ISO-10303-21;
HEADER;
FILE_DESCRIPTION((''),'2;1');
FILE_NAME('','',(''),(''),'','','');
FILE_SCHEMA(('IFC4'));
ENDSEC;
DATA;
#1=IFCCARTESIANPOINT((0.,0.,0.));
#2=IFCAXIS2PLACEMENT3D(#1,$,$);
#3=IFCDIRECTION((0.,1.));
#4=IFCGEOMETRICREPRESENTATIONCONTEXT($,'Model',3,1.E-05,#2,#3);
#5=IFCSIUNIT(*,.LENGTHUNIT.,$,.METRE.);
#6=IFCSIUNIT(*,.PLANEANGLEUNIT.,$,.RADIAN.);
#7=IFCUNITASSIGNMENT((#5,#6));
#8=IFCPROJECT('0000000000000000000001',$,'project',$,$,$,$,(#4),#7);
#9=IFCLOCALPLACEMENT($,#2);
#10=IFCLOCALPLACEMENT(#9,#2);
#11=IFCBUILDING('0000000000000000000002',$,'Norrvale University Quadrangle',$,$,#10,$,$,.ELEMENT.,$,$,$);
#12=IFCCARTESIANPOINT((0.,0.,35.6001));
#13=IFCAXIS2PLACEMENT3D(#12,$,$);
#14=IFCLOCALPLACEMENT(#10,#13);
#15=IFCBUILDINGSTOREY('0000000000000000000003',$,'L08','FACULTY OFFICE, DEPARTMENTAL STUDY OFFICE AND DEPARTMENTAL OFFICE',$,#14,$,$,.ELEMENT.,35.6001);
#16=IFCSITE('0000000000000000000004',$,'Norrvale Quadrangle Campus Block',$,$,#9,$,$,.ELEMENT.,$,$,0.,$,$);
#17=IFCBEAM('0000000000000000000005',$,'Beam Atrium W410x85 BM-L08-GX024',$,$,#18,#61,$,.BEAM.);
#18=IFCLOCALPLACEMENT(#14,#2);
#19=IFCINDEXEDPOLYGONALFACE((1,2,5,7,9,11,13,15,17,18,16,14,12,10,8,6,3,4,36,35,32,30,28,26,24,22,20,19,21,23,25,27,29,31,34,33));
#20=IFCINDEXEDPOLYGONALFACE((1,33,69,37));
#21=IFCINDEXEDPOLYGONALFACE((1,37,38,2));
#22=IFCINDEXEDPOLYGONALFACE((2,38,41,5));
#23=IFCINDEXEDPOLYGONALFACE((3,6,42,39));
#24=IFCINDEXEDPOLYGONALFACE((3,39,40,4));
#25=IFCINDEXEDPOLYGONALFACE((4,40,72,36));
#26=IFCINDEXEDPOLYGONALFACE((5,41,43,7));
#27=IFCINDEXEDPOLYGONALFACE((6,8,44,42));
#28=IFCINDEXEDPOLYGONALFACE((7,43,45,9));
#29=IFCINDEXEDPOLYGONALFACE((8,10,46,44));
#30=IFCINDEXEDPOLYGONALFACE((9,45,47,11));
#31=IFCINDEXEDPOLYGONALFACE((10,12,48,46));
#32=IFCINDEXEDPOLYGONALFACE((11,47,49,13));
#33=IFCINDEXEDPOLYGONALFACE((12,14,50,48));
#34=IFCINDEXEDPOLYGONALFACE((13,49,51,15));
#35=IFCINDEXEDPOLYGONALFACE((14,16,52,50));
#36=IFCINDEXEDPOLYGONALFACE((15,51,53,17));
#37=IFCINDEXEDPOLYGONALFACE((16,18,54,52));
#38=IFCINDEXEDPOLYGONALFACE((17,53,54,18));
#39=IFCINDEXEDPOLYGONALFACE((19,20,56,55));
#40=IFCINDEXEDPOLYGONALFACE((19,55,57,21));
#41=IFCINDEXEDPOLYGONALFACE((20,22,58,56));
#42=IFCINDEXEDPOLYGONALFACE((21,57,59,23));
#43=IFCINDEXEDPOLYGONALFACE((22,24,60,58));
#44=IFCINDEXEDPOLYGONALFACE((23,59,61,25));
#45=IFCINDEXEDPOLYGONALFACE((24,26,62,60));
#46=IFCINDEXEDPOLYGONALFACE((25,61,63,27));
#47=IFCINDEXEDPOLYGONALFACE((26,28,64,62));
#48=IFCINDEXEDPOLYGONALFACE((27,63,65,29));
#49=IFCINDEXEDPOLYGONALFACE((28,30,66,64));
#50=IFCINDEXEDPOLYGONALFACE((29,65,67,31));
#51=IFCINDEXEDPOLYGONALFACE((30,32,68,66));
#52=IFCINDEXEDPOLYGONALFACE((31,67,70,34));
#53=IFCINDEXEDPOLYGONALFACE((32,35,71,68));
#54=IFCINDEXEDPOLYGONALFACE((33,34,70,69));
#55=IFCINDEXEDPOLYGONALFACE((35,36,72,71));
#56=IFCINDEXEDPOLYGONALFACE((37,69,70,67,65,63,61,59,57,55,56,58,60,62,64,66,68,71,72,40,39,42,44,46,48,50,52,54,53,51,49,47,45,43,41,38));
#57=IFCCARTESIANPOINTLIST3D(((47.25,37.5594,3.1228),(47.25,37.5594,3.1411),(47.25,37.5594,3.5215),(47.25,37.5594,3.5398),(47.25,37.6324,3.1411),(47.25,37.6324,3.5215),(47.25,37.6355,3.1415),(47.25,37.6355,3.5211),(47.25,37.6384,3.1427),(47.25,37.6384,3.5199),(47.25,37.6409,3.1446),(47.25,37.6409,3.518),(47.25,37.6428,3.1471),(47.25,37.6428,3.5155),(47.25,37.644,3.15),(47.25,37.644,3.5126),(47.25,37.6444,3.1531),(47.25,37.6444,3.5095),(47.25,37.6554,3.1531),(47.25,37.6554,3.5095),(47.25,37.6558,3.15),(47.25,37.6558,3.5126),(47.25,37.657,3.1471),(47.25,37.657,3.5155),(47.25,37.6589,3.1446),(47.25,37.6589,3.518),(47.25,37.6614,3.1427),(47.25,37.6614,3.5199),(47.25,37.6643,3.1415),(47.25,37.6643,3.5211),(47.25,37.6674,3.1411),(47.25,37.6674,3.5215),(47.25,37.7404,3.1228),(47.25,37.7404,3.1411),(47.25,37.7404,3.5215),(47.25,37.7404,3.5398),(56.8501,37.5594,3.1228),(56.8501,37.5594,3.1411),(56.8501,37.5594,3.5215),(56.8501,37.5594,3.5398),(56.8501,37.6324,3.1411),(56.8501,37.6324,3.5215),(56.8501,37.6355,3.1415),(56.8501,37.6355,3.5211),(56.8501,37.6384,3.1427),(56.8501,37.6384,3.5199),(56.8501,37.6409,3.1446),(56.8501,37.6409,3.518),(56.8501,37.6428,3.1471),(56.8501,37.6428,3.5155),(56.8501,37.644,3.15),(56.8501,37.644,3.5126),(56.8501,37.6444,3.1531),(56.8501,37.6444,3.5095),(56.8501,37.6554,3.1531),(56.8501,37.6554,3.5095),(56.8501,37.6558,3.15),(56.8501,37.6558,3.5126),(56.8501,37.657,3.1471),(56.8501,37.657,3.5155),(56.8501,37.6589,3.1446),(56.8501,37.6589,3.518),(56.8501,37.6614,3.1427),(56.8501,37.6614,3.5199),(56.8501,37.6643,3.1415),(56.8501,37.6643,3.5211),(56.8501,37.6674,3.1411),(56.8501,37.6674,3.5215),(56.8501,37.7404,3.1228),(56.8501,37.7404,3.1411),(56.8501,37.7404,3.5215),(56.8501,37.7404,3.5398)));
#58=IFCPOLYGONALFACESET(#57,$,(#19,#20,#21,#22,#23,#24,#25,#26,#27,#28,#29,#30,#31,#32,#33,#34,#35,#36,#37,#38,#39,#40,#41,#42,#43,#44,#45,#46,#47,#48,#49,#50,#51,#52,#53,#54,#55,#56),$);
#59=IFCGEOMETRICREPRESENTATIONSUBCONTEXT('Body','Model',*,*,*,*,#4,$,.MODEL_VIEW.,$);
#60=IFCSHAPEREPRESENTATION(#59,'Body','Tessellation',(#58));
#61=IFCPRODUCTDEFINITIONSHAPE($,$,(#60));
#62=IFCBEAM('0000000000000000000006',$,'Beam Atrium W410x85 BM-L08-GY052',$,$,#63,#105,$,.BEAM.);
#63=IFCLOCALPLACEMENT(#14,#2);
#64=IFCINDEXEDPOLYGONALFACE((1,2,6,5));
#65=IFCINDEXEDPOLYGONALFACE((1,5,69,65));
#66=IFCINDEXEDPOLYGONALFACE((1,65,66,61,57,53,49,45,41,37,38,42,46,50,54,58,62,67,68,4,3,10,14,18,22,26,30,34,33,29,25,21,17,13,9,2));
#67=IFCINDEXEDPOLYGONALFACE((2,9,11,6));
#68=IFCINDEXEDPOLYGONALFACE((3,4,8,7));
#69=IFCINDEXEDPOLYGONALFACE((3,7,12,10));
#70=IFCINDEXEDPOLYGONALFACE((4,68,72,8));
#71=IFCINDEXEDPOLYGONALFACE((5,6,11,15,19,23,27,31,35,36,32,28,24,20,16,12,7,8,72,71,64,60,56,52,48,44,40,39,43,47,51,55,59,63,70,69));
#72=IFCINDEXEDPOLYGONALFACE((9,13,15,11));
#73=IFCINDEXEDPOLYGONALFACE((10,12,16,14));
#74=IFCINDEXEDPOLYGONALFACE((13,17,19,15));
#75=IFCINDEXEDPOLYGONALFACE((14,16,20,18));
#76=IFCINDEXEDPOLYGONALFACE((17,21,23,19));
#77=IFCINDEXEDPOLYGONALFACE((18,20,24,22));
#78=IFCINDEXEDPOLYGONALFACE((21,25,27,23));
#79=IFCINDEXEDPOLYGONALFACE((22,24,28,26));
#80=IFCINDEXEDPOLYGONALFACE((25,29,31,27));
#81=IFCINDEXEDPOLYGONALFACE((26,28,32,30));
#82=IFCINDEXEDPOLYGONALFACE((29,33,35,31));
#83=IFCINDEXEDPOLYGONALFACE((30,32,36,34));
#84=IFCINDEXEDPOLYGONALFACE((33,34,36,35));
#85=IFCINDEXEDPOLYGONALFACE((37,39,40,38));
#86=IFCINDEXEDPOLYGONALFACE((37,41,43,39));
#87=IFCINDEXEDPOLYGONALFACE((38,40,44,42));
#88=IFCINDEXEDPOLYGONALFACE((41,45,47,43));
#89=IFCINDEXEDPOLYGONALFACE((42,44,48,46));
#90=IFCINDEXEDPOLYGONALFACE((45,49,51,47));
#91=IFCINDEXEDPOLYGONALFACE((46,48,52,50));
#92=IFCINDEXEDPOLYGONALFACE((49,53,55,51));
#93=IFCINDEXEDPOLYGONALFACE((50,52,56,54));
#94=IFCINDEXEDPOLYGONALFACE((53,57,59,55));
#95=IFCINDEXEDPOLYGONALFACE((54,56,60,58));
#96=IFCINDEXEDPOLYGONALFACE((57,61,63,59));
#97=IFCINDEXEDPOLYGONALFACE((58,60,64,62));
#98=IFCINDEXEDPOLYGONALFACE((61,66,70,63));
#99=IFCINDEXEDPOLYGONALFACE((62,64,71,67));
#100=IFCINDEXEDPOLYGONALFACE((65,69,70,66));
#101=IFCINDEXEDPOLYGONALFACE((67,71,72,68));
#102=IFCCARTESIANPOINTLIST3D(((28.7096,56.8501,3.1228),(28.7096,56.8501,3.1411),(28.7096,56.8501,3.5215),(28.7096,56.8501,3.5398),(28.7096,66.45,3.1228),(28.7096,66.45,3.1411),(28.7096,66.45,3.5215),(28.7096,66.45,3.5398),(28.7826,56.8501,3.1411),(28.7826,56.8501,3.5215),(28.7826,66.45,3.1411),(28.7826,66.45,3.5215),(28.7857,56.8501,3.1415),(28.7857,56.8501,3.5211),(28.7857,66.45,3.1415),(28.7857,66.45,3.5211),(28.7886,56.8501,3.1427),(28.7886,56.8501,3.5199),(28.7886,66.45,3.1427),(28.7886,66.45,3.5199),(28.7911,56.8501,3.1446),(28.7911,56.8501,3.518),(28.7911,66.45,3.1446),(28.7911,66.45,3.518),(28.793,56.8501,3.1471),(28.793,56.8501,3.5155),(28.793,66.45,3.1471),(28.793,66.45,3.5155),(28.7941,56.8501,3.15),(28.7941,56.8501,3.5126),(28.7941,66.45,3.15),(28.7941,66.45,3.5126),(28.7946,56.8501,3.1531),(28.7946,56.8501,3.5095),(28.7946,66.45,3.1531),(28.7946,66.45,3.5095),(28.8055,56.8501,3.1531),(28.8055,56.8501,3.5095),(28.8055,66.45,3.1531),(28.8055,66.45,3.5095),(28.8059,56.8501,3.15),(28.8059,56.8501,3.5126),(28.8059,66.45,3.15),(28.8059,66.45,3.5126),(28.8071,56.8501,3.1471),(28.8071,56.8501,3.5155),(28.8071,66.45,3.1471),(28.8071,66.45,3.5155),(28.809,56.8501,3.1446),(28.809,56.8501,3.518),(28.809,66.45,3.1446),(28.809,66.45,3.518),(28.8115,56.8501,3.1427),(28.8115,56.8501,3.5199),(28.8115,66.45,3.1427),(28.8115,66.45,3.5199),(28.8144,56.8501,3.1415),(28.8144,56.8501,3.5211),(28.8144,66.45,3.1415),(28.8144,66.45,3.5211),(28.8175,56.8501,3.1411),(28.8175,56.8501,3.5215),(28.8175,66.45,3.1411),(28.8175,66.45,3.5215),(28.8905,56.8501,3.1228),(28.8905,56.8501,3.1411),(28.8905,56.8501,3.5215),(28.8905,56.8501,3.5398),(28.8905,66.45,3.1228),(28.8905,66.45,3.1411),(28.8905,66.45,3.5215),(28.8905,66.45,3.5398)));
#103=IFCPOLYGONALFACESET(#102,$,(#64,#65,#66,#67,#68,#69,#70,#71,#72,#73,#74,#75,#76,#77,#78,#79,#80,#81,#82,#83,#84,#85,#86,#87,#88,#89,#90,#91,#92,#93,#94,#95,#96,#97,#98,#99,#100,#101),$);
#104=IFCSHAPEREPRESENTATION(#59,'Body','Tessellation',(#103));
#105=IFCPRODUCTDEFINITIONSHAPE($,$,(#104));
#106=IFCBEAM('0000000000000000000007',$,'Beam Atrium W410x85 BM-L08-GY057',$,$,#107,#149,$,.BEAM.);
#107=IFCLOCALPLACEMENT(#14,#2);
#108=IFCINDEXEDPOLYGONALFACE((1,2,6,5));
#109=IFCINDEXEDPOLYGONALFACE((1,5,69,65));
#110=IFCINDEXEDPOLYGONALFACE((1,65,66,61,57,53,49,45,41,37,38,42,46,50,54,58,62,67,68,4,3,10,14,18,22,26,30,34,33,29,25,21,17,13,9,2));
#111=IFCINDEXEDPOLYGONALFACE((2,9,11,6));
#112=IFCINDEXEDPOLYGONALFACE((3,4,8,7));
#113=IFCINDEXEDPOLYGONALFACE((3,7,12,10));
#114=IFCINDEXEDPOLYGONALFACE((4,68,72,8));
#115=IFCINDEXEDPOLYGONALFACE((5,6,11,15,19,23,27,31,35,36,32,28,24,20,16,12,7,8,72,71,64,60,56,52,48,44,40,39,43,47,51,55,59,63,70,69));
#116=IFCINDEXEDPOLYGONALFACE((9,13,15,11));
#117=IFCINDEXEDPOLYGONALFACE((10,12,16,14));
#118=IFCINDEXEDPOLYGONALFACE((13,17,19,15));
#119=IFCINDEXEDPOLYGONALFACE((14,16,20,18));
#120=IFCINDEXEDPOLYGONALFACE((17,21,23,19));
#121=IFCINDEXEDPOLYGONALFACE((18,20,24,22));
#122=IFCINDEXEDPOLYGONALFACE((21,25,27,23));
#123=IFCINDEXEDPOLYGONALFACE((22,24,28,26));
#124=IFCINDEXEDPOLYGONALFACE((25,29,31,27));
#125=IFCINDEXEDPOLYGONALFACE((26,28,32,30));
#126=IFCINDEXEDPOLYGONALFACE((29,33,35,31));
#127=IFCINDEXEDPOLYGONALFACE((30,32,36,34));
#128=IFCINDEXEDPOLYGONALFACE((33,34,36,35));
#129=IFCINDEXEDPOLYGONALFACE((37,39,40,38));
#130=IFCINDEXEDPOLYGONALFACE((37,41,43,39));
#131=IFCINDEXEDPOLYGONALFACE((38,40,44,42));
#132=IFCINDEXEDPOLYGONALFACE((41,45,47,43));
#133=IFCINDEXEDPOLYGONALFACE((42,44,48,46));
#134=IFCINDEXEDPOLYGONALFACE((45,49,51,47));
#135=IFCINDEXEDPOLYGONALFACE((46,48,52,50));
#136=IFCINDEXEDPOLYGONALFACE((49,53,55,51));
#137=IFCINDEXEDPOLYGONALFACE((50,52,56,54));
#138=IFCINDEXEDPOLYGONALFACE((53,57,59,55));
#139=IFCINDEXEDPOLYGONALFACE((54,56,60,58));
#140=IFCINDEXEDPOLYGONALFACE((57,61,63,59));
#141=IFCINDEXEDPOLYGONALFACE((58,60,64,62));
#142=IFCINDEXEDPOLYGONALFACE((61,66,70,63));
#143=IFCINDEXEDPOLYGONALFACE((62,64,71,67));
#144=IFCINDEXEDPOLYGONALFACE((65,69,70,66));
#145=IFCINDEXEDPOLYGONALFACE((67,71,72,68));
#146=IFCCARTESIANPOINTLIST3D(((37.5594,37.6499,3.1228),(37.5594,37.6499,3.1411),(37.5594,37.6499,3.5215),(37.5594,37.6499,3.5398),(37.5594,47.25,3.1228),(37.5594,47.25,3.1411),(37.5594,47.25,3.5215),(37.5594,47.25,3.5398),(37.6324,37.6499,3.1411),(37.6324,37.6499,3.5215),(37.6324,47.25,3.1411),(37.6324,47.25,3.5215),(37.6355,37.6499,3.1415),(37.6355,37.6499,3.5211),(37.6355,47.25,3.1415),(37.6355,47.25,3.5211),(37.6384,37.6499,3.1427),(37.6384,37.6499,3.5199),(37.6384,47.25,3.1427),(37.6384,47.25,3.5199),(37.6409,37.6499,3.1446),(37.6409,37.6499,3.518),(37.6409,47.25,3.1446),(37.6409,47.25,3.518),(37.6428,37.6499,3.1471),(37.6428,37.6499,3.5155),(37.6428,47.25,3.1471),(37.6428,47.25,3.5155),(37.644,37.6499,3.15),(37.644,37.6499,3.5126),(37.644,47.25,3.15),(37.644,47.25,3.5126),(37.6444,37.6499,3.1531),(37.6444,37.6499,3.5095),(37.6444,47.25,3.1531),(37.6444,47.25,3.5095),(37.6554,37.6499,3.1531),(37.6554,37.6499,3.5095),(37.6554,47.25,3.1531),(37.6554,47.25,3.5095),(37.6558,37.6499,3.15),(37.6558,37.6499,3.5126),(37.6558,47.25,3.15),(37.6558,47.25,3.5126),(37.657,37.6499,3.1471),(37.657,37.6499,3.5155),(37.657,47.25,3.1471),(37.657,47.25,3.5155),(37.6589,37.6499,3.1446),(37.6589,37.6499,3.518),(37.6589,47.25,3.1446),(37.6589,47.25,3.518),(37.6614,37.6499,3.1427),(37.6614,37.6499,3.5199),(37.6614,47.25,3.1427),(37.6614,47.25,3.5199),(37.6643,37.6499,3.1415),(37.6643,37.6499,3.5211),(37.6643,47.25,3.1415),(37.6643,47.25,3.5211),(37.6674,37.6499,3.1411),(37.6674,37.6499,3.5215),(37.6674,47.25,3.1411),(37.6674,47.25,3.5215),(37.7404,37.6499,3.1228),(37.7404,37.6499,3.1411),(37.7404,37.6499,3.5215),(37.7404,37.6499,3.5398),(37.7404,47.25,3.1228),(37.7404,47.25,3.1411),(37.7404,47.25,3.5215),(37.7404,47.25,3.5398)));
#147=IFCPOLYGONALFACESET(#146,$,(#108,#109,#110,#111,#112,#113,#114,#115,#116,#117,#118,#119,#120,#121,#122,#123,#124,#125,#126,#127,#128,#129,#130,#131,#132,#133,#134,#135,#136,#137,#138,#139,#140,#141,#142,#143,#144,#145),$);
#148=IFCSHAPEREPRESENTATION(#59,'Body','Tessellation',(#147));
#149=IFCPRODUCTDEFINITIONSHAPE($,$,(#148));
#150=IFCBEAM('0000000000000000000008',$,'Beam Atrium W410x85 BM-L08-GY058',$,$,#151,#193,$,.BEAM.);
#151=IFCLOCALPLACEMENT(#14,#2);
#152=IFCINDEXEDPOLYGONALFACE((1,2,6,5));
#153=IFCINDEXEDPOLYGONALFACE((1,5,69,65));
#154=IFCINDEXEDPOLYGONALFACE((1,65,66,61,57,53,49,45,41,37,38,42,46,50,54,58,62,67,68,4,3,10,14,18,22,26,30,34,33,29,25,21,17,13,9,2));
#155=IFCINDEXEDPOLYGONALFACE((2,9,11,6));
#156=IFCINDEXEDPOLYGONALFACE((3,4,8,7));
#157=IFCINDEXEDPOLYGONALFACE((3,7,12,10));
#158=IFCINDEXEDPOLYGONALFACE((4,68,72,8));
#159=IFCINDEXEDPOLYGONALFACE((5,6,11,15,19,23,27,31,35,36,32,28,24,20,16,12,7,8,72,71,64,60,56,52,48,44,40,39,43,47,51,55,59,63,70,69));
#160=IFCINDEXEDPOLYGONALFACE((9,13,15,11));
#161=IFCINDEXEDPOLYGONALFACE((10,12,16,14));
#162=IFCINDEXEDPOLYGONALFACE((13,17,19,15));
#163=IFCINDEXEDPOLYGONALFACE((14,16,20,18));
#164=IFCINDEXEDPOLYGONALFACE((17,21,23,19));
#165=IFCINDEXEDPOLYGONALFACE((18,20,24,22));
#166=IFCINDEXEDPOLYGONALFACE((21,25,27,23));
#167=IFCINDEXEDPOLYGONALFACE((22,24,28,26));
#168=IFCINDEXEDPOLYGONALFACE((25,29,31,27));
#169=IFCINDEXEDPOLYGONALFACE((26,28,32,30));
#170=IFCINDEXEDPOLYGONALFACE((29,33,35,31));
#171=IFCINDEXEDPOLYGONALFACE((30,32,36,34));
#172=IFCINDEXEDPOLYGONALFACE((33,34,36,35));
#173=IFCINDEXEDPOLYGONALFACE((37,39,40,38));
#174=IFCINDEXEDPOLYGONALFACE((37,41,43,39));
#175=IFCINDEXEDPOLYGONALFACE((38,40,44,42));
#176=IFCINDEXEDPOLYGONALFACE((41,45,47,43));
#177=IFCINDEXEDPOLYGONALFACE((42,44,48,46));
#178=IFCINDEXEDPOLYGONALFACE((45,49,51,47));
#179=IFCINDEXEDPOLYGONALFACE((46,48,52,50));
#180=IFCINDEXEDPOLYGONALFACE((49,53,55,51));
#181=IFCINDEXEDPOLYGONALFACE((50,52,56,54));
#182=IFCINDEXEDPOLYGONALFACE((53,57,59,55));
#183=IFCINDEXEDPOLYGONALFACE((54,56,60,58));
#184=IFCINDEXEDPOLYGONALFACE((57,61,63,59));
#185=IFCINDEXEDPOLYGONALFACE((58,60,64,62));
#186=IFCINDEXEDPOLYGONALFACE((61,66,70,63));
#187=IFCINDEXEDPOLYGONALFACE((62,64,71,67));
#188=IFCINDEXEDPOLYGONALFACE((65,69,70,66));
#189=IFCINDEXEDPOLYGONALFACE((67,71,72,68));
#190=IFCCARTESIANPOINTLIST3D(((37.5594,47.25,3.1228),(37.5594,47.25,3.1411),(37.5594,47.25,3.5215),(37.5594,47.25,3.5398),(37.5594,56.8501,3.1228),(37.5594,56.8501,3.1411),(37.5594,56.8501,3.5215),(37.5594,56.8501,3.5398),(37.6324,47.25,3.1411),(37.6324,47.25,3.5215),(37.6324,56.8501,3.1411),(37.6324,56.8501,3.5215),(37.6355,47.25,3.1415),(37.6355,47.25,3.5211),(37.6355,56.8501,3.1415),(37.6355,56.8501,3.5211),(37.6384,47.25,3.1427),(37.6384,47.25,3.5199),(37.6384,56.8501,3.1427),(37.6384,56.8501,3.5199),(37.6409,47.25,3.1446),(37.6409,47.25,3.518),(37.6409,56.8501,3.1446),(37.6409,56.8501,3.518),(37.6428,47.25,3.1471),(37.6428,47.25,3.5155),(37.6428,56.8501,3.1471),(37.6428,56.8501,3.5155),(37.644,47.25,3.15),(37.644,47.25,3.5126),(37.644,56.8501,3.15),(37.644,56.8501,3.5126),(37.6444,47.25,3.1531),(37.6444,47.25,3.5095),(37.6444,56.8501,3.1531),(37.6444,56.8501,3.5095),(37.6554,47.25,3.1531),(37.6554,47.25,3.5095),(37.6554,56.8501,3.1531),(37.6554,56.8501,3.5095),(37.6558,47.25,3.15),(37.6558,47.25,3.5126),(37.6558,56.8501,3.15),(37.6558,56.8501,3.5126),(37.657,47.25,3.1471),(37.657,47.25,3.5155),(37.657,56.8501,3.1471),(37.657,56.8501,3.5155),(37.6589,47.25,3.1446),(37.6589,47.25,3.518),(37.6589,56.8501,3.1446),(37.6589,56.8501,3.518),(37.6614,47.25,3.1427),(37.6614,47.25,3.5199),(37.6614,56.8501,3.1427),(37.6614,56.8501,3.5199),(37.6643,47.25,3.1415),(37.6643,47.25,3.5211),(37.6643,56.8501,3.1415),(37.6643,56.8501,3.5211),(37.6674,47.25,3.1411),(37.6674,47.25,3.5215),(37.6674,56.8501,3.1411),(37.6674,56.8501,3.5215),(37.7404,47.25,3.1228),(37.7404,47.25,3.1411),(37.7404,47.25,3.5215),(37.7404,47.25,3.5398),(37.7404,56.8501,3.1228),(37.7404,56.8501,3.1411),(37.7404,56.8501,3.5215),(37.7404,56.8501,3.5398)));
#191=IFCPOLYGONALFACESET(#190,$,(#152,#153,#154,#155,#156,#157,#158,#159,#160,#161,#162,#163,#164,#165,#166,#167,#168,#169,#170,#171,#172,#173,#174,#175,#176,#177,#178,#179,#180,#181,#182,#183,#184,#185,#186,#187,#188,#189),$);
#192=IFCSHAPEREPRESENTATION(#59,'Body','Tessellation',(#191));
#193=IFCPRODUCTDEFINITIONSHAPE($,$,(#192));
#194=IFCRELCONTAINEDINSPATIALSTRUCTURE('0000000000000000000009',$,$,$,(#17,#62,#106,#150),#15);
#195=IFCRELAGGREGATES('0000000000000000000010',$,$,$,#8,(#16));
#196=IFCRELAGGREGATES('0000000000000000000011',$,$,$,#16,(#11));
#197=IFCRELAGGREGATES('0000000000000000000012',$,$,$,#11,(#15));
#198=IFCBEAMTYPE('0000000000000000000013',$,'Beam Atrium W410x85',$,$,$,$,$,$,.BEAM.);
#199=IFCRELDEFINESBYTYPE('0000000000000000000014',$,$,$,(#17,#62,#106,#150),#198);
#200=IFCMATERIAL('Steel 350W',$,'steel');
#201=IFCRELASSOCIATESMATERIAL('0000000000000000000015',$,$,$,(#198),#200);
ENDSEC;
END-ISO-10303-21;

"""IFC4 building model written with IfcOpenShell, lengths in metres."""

from ifc_helpers import new_model, si_unit, direction, frame, origin, origin_2d, place, context, subcontext, project, spatial, i_section, extrude, material, material_profile, profile_set, type_object, element, save


model = new_model("IFC4")

# Units and contexts
model_context = context("Model", 3, precision=1e-05, world=origin(), true_north=direction((0.0, 1.0)))
body_context = subcontext(model_context, "Body", "Model", "MODEL_VIEW")
ifc_project = project(units=[si_unit("LENGTHUNIT", "METRE"), si_unit("PLANEANGLEUNIT", "RADIAN")], contexts=[model_context])

# Site, building, storey
site_placement = place(None, origin())
site = spatial("IfcSite", under=ifc_project, at=site_placement, Name="Norrvale Quadrangle Campus Block", CompositionType="ELEMENT", RefElevation=0.0)
building_placement = place(site_placement, origin())
building = spatial("IfcBuilding", under=site, at=building_placement, Name="Norrvale University Quadrangle", CompositionType="ELEMENT")
storey_placement = place(building_placement, frame((0.0, 0.0, 35.6001)))
storey = spatial("IfcBuildingStorey", under=building, at=storey_placement, Name="L08", Description="FACULTY OFFICE, DEPARTMENTAL STUDY OFFICE AND DEPARTMENTAL OFFICE", CompositionType="ELEMENT", Elevation=35.6001)

# Beams
ifc_material_1 = material(Name="Steel 350W", Category="steel")
ifc_material_profile_1 = material_profile(ifc_material_1, i_section(OverallWidth=0.1809, OverallDepth=0.417, WebThickness=0.011, FlangeThickness=0.0183, FilletRadius=0.012, at=origin_2d()), Name="Steel 350W")
ifc_profile_set_1 = profile_set([ifc_material_profile_1], Name="Steel 350W")
beam_type_1 = type_object("IfcBeamType", Name="Beam Atrium W410x85", PredefinedType="BEAM", material=ifc_profile_set_1)
for number, where, z_axis, x_axis, name in (
    (1, (47.25, 37.6499, 3.3313), (1.0, 0.0, 0.0), (0.0, 1.0, 0.0), "Beam Atrium W410x85 BM-L08-GX024"),
):
    element("IfcBeam", number, at=place(storey_placement, frame(where, z_axis=z_axis, x_axis=x_axis)), inside=storey, type_object=beam_type_1, Name=name, PredefinedType="BEAM", context=body_context, shape_type="SweptSolid", body=[
        extrude(i_section(OverallWidth=0.1809, OverallDepth=0.417, WebThickness=0.011, FlangeThickness=0.0183, FilletRadius=0.012, at=origin_2d()), origin(), (0.0, 0.0, 1.0), 9.6001),
    ])
beam_placement = place(storey_placement, frame((28.8, 56.8501, 3.3313), z_axis=(0.0, 1.0, 0.0), x_axis=(-1.0, 0.0, 0.0)))
element("IfcBeam", 2, at=beam_placement, inside=storey, type_object=beam_type_1, Name="Beam Atrium W410x85 BM-L08-GY052", PredefinedType="BEAM", context=body_context, shape_type="SweptSolid", body=[
    extrude(i_section(OverallWidth=0.1809, OverallDepth=0.417, WebThickness=0.011, FlangeThickness=0.0183, FilletRadius=0.012, at=origin_2d()), origin(), (0.0, 0.0, 1.0), 9.5999),
])
for number, where, z_axis, x_axis, name in (
    (3, (37.6499, 37.6499, 3.3313), (0.0, 1.0, 0.0), (-1.0, 0.0, 0.0), "Beam Atrium W410x85 BM-L08-GY057"),
    (4, (37.6499, 47.25, 3.3313), (0.0, 1.0, 0.0), (-1.0, 0.0, 0.0), "Beam Atrium W410x85 BM-L08-GY058"),
):
    element("IfcBeam", number, at=place(storey_placement, frame(where, z_axis=z_axis, x_axis=x_axis)), inside=storey, type_object=beam_type_1, Name=name, PredefinedType="BEAM", context=body_context, shape_type="SweptSolid", body=[
        extrude(i_section(OverallWidth=0.1809, OverallDepth=0.417, WebThickness=0.011, FlangeThickness=0.0183, FilletRadius=0.012, at=origin_2d()), origin(), (0.0, 0.0, 1.0), 9.6001),
    ])

save(model, "model.ifc")
